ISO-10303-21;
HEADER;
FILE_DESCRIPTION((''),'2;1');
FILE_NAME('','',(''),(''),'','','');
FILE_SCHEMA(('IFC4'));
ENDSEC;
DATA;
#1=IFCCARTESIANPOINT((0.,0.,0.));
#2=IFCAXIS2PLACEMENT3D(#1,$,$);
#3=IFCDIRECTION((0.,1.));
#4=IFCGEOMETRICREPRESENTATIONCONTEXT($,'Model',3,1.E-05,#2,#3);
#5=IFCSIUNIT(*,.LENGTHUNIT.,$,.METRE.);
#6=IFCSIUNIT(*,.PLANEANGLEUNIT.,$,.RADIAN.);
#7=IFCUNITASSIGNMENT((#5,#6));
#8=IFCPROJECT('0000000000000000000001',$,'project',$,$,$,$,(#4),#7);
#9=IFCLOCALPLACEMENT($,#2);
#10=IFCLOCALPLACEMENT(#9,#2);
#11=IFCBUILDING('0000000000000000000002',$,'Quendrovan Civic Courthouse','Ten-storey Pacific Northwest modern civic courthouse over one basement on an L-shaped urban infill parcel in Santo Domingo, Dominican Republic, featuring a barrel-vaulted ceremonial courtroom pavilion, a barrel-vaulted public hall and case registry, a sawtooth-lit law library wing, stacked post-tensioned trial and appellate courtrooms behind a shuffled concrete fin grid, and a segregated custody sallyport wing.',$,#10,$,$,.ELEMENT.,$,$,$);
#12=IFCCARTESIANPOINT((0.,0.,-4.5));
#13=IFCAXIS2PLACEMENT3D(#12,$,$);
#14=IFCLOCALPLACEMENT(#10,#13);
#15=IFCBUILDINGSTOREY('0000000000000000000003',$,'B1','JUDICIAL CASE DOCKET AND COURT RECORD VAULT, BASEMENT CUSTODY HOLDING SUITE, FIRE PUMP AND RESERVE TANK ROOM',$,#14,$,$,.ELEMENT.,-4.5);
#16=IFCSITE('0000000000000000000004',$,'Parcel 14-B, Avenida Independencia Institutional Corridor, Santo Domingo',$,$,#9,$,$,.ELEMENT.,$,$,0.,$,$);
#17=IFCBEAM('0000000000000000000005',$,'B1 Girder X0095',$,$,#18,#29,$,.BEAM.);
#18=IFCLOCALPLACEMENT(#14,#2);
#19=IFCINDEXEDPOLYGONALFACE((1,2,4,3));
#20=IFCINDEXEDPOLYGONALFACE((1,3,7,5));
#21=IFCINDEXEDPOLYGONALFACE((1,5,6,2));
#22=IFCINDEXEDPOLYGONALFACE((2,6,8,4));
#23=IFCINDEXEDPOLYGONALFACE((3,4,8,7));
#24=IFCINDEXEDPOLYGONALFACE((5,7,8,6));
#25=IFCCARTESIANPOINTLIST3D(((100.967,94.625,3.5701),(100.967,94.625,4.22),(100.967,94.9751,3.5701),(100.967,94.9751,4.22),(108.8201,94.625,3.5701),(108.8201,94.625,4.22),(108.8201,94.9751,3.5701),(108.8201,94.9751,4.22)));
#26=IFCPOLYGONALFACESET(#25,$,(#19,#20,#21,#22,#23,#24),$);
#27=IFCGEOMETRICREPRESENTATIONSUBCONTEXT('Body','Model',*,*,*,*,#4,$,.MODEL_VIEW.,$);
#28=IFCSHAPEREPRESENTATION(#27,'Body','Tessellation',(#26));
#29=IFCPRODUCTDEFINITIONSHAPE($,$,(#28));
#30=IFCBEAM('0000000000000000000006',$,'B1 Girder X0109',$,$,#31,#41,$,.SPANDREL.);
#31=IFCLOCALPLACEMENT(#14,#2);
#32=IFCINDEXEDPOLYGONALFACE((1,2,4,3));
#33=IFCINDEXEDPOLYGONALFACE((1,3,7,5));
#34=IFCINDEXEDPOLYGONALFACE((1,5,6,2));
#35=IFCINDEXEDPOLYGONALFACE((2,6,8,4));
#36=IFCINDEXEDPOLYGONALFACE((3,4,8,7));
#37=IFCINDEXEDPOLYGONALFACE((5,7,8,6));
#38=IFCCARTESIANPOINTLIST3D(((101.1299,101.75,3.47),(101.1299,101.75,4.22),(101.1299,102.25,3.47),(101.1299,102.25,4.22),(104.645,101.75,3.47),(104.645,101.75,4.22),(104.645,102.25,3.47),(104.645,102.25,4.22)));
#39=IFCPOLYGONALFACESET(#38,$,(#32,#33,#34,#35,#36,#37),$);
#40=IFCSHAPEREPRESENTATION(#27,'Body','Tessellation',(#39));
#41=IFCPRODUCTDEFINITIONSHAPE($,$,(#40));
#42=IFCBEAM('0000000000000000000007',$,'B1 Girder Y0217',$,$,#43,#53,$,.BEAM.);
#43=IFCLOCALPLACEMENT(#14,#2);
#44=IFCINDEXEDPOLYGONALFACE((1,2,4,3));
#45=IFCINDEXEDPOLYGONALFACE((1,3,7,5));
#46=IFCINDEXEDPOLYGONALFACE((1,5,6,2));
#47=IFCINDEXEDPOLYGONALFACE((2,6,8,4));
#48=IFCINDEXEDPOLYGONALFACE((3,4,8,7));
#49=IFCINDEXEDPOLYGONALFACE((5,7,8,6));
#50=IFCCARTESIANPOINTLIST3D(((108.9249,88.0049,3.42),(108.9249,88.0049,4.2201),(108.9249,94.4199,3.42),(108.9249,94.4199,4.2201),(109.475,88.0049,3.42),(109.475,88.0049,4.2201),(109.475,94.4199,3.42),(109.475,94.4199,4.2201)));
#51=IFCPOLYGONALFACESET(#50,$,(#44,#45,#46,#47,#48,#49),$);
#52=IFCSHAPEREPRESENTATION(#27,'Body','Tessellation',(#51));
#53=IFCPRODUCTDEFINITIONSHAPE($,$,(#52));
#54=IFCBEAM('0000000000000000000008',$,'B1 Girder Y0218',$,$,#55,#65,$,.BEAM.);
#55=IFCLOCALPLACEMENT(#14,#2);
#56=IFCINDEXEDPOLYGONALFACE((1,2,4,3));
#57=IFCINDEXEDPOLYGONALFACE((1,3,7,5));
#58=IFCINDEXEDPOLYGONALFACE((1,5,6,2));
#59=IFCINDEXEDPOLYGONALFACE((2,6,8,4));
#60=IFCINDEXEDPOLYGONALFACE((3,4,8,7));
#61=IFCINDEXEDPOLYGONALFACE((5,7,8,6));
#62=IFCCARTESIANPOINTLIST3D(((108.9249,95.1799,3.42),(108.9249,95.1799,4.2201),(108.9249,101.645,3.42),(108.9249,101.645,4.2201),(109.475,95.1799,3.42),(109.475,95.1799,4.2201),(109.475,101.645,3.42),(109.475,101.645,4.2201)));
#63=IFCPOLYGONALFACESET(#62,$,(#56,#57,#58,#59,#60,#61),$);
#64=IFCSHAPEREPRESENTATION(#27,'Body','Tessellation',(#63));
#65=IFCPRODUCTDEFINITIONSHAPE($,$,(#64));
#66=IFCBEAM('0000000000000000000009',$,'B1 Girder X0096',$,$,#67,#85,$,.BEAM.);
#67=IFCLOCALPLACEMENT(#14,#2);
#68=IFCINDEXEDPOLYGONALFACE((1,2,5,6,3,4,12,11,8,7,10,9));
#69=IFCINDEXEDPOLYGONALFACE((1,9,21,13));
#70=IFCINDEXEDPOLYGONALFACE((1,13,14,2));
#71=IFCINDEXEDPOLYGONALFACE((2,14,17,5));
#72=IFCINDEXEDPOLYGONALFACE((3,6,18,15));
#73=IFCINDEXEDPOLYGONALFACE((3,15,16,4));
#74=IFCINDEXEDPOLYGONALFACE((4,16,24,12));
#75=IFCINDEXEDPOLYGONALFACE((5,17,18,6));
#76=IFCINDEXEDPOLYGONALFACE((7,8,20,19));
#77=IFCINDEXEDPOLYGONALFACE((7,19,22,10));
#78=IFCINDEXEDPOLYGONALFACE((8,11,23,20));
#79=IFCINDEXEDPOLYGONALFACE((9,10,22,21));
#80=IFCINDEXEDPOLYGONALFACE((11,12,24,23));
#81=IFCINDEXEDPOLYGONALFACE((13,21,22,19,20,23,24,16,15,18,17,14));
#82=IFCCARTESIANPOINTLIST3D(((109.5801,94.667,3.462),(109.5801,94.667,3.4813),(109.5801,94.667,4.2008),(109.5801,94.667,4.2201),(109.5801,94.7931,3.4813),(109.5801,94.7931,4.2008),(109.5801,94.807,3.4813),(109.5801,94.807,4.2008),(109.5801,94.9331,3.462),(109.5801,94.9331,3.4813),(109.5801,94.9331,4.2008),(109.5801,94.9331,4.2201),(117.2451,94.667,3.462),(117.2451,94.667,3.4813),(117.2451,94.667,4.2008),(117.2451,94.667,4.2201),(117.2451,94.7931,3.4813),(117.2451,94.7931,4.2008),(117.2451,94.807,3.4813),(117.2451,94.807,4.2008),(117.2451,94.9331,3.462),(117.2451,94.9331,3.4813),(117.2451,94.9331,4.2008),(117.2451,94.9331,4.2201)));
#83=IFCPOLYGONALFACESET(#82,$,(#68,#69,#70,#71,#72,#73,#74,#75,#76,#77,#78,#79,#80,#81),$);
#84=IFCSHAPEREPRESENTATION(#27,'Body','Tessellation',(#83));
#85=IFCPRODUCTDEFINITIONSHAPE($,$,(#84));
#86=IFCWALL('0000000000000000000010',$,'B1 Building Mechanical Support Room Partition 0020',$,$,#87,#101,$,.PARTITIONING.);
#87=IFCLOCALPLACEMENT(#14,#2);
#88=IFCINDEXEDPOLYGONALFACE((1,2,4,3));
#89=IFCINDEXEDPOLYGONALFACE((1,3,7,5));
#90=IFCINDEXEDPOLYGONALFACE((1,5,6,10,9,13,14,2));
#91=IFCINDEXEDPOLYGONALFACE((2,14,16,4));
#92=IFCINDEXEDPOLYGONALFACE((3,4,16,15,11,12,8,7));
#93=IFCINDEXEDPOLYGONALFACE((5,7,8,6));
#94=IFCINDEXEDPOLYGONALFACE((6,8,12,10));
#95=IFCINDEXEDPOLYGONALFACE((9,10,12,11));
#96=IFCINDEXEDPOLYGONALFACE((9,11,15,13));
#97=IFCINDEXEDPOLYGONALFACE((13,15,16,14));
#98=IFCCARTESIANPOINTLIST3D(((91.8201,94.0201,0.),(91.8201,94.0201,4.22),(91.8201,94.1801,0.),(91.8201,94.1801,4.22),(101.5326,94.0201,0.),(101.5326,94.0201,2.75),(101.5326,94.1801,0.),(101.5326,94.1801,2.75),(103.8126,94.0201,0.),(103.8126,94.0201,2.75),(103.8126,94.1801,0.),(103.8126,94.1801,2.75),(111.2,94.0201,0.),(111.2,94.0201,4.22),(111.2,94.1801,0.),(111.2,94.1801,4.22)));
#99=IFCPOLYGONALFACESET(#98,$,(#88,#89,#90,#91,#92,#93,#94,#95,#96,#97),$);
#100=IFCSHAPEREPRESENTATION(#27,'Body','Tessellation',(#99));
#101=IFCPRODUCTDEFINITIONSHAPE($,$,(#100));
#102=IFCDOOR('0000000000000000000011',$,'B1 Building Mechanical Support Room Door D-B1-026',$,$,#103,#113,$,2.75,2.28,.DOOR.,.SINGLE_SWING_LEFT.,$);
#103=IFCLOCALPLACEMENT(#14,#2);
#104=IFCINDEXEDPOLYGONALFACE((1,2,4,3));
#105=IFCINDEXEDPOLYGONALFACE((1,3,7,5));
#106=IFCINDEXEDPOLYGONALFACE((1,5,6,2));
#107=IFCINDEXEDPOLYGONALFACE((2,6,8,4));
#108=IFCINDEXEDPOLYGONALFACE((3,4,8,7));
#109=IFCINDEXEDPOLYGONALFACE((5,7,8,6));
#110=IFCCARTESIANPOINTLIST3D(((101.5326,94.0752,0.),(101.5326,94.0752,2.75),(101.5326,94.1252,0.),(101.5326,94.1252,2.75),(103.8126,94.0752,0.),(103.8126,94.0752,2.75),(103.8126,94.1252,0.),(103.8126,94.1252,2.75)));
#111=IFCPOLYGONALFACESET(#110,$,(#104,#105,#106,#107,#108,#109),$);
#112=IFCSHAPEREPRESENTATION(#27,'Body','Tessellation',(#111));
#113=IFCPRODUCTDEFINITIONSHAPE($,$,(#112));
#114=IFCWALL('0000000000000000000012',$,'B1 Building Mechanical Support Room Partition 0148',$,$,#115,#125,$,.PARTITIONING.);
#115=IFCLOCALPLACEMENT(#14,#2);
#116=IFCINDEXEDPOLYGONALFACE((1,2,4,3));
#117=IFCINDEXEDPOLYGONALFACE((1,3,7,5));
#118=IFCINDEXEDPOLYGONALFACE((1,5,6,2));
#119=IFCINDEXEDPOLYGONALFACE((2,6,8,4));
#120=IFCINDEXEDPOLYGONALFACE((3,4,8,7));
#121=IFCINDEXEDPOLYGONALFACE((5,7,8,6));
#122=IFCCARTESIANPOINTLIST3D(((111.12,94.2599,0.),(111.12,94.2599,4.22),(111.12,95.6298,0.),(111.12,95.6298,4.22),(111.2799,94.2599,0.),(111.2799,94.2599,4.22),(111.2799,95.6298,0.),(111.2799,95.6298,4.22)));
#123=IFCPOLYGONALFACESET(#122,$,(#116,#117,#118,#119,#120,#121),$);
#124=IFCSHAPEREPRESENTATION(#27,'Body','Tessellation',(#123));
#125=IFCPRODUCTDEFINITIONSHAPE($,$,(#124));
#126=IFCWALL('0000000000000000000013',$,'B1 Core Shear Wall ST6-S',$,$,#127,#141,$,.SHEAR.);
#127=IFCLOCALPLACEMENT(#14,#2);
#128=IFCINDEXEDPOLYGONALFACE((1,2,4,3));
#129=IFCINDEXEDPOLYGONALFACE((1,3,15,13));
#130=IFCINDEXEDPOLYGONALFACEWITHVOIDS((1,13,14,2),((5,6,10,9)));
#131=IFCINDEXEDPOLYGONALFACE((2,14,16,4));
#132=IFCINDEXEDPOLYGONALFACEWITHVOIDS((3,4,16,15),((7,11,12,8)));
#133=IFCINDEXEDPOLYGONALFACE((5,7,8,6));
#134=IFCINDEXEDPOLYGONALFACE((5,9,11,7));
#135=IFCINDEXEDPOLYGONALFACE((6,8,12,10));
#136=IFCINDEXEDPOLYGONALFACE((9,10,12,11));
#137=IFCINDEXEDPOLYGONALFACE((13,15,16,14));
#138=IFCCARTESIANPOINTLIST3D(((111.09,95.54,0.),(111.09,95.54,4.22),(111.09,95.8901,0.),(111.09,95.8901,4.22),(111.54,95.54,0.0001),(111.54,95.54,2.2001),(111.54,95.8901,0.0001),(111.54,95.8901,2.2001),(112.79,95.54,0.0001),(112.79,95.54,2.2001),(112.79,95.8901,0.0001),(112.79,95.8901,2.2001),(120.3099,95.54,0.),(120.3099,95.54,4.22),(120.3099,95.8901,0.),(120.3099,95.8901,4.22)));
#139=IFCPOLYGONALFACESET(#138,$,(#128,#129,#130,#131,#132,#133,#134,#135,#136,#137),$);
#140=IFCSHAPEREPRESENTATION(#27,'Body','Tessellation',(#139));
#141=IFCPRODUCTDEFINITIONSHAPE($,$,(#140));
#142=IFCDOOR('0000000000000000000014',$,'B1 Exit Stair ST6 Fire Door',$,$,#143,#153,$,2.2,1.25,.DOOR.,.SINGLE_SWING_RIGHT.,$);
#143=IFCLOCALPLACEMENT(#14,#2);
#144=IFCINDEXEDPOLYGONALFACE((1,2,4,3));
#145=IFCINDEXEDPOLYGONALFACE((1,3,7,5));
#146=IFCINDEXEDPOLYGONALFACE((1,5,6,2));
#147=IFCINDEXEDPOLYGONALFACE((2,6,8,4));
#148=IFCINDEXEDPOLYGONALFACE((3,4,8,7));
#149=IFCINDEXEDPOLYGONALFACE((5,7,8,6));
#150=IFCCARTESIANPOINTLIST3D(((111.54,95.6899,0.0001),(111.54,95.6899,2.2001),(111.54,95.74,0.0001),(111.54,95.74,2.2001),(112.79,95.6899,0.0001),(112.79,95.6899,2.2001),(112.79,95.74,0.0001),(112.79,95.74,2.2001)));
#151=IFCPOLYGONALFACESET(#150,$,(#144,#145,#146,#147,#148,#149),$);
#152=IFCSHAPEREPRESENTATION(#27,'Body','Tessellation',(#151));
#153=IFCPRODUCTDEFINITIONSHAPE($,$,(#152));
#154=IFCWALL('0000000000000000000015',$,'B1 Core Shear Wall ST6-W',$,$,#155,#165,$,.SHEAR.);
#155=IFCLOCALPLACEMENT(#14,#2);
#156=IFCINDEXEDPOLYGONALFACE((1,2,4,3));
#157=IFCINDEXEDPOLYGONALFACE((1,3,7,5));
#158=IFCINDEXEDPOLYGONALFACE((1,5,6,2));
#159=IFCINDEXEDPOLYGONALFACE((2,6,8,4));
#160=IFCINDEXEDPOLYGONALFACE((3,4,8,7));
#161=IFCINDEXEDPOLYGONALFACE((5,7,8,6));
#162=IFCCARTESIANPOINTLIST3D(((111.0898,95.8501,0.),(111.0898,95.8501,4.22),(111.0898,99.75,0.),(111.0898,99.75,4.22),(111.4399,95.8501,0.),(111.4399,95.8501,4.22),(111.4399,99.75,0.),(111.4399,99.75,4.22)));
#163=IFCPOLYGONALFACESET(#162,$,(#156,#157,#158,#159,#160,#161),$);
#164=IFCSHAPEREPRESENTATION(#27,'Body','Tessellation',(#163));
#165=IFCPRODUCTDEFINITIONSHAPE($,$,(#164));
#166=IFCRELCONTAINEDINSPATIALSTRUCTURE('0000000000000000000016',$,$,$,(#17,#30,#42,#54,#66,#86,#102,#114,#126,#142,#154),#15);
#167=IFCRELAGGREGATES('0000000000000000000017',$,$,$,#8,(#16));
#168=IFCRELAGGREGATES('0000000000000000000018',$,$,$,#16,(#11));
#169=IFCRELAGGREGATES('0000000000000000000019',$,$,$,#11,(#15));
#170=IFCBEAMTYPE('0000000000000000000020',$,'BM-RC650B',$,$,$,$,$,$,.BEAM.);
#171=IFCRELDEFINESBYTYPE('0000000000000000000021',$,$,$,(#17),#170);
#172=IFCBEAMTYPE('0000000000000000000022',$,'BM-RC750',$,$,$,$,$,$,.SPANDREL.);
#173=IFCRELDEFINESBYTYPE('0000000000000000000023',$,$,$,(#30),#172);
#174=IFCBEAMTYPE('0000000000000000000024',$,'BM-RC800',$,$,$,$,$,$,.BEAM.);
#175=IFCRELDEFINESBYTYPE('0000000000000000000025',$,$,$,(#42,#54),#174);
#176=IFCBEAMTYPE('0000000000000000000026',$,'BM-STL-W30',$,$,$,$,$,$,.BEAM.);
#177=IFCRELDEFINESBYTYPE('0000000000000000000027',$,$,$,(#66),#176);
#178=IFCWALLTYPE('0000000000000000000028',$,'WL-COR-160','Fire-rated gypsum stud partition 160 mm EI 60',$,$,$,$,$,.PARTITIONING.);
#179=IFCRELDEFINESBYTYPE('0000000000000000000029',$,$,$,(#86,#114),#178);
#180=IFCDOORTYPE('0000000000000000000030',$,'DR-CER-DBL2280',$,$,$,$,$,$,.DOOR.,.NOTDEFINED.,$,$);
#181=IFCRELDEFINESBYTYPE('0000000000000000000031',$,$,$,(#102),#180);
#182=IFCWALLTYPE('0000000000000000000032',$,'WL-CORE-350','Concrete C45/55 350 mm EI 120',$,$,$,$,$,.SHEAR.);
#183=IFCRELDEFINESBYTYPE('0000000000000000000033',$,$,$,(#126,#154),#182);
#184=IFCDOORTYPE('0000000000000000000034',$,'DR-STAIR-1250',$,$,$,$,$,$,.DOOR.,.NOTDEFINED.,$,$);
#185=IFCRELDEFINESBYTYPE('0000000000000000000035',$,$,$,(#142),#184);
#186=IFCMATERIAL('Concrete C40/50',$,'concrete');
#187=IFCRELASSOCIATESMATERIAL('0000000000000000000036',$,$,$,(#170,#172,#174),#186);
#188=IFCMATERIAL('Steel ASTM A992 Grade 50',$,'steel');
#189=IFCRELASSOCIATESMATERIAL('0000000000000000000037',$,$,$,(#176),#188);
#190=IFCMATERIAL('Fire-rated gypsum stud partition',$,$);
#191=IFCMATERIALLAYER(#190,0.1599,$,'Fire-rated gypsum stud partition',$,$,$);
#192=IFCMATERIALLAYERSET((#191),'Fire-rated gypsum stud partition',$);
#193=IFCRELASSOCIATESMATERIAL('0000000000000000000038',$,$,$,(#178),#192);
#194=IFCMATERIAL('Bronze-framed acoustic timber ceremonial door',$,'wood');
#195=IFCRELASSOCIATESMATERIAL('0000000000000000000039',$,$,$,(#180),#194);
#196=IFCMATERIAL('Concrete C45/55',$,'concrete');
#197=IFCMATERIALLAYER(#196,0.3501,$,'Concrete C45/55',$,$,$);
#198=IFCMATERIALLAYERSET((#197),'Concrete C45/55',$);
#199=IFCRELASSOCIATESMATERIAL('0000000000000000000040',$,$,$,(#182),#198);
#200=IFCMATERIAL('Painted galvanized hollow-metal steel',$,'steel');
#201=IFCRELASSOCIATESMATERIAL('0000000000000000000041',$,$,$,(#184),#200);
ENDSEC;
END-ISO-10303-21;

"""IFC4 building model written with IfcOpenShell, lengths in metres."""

from ifc_helpers import new_model, si_unit, direction, frame, frame_2d, origin, origin_2d, place, context, subcontext, project, spatial, rectangle, i_section, extrude, material, layer, layer_set, material_profile, profile_set, type_object, element, fill, save


model = new_model("IFC4")

# Units and contexts
model_context = context("Model", 3, precision=1e-05, world=origin(), true_north=direction((0.0, 1.0)))
body_context = subcontext(model_context, "Body", "Model", "MODEL_VIEW")
ifc_project = project(units=[si_unit("LENGTHUNIT", "METRE"), si_unit("PLANEANGLEUNIT", "RADIAN")], contexts=[model_context])

# Site, building, storey
site_placement = place(None, origin())
site = spatial("IfcSite", under=ifc_project, at=site_placement, Name="Parcel 14-B, Avenida Independencia Institutional Corridor, Santo Domingo", CompositionType="ELEMENT", RefElevation=0.0)
building_placement = place(site_placement, origin())
building = spatial("IfcBuilding", under=site, at=building_placement, Name="Quendrovan Civic Courthouse", Description="Ten-storey Pacific Northwest modern civic courthouse over one basement on an L-shaped urban infill parcel in Santo Domingo, Dominican Republic, featuring a barrel-vaulted ceremonial courtroom pavilion, a barrel-vaulted public hall and case registry, a sawtooth-lit law library wing, stacked post-tensioned trial and appellate courtrooms behind a shuffled concrete fin grid, and a segregated custody sallyport wing.", CompositionType="ELEMENT")
storey_placement = place(building_placement, frame((0.0, 0.0, -4.5)))
storey = spatial("IfcBuildingStorey", under=building, at=storey_placement, Name="B1", Description="JUDICIAL CASE DOCKET AND COURT RECORD VAULT, BASEMENT CUSTODY HOLDING SUITE, FIRE PUMP AND RESERVE TANK ROOM", CompositionType="ELEMENT", Elevation=-4.5)

# Shared definitions
ifc_material_1 = material(Name="Concrete C45/55", Category="concrete")

# Beams
ifc_material_2 = material(Name="Concrete C40/50", Category="concrete")
ifc_material_profile_1 = material_profile(ifc_material_2, rectangle(XDim=0.3501, YDim=0.6499, at=origin_2d()), Name="RC-BM-350x650")
ifc_profile_set_1 = profile_set([ifc_material_profile_1], Name="Concrete C40/50")
beam_type_1 = type_object("IfcBeamType", Name="BM-RC650B", PredefinedType="BEAM", material=ifc_profile_set_1)
beam_1_placement = place(storey_placement, frame((100.967, 94.8, 3.895), z_axis=(1.0, 0.0, 0.0), x_axis=(0.0, 1.0, 0.0)))
element("IfcBeam", 1, at=beam_1_placement, inside=storey, type_object=beam_type_1, Name="B1 Girder X0095", PredefinedType="BEAM", context=body_context, shape_type="SweptSolid", body=[
    extrude(rectangle(XDim=0.3501, YDim=0.6499, at=origin_2d()), origin(), (0.0, 0.0, 1.0), 7.853),
])
ifc_material_profile_2 = material_profile(ifc_material_2, rectangle(XDim=0.5, YDim=0.75, at=origin_2d()), Name="RC-BM-500x750")
ifc_profile_set_2 = profile_set([ifc_material_profile_2], Name="Concrete C40/50")
beam_type_2 = type_object("IfcBeamType", Name="BM-RC750", PredefinedType="SPANDREL", material=ifc_profile_set_2)
beam_2_placement = place(storey_placement, frame((101.1299, 102.0, 3.845), z_axis=(1.0, 0.0, 0.0), x_axis=(0.0, 1.0, 0.0)))
element("IfcBeam", 2, at=beam_2_placement, inside=storey, type_object=beam_type_2, Name="B1 Girder X0109", PredefinedType="SPANDREL", context=body_context, shape_type="SweptSolid", body=[
    extrude(rectangle(XDim=0.5, YDim=0.75, at=origin_2d()), origin(), (0.0, 0.0, 1.0), 3.5151),
])
ifc_material_profile_3 = material_profile(ifc_material_2, rectangle(XDim=0.55, YDim=0.8, at=origin_2d()), Name="RC-BM-550x800")
ifc_profile_set_3 = profile_set([ifc_material_profile_3], Name="Concrete C40/50")
beam_type_3 = type_object("IfcBeamType", Name="BM-RC800", PredefinedType="BEAM", material=ifc_profile_set_3)
beam_3_placement = place(storey_placement, frame((109.2, 88.0049, 3.8201), z_axis=(0.0, 1.0, 0.0), x_axis=(-1.0, 0.0, 0.0)))
element("IfcBeam", 3, at=beam_3_placement, inside=storey, type_object=beam_type_3, Name="B1 Girder Y0217", PredefinedType="BEAM", context=body_context, shape_type="SweptSolid", body=[
    extrude(rectangle(XDim=0.55, YDim=0.8, at=origin_2d()), origin(), (0.0, 0.0, 1.0), 6.415),
])
beam_4_placement = place(storey_placement, frame((109.2, 95.1799, 3.8201), z_axis=(0.0, 1.0, 0.0), x_axis=(-1.0, 0.0, 0.0)))
element("IfcBeam", 4, at=beam_4_placement, inside=storey, type_object=beam_type_3, Name="B1 Girder Y0218", PredefinedType="BEAM", context=body_context, shape_type="SweptSolid", body=[
    extrude(rectangle(XDim=0.55, YDim=0.8, at=origin_2d()), origin(), (0.0, 0.0, 1.0), 6.4651),
])
ifc_material_3 = material(Name="Steel ASTM A992 Grade 50", Category="steel")
ifc_material_profile_4 = material_profile(ifc_material_3, i_section(OverallWidth=0.2661, OverallDepth=0.7581, WebThickness=0.0139, FlangeThickness=0.0193, at=origin_2d()), Name="W30X108")
ifc_profile_set_4 = profile_set([ifc_material_profile_4], Name="Steel ASTM A992 Grade 50")
beam_type_4 = type_object("IfcBeamType", Name="BM-STL-W30", PredefinedType="BEAM", material=ifc_profile_set_4)
beam_5_placement = place(storey_placement, frame((109.5801, 94.8, 3.8411), z_axis=(1.0, 0.0, 0.0), x_axis=(0.0, 1.0, 0.0)))
element("IfcBeam", 5, at=beam_5_placement, inside=storey, type_object=beam_type_4, Name="B1 Girder X0096", PredefinedType="BEAM", context=body_context, shape_type="SweptSolid", body=[
    extrude(i_section(OverallWidth=0.2661, OverallDepth=0.7581, WebThickness=0.0139, FlangeThickness=0.0193, at=origin_2d()), origin(), (0.0, 0.0, 1.0), 7.665),
])

# Wall, opening, door
ifc_material_4 = material(Name="Fire-rated gypsum stud partition")
ifc_layer_1 = layer(ifc_material_4, 0.1599, Name="Fire-rated gypsum stud partition")
ifc_layer_set_1 = layer_set([ifc_layer_1], Name="Fire-rated gypsum stud partition")
wall_type_1 = type_object("IfcWallType", Name="WL-COR-160", Description="Fire-rated gypsum stud partition 160 mm EI 60", PredefinedType="PARTITIONING", material=ifc_layer_set_1)
wall_1_placement = place(storey_placement, frame((111.2, 94.1001, 0.0), z_axis=(0.0, 0.0, 1.0), x_axis=(-1.0, 0.0, 0.0)))
wall_1 = element("IfcWall", 6, at=wall_1_placement, inside=storey, type_object=wall_type_1, Name="B1 Building Mechanical Support Room Partition 0020", PredefinedType="PARTITIONING", context=body_context, shape_type="SweptSolid", body=[
    extrude(rectangle(XDim=19.3799, YDim=0.1599, at=frame_2d((9.6899, 0.0))), origin(), (0.0, 0.0, 1.0), 4.22),
])
opening_1_placement = place(wall_1_placement, frame((7.3872, 0.0, 0.0)))
opening_1 = element("IfcOpeningElement", 7, at=opening_1_placement, cuts=wall_1, PredefinedType="OPENING", context=body_context, shape_type="SweptSolid", body=[
    extrude(rectangle(XDim=2.28, YDim=2.75, at=frame_2d((1.1401, 1.375))), frame((0.0, 0.0898, 0.0), z_axis=(0.0, -1.0, 0.0), x_axis=(1.0, 0.0, 0.0)), (0.0, 0.0, 1.0), 0.1799),
])
ifc_material_5 = material(Name="Bronze-framed acoustic timber ceremonial door", Category="wood")
door_type_1 = type_object("IfcDoorType", Name="DR-CER-DBL2280", OperationType="NOTDEFINED", PredefinedType="DOOR", material=ifc_material_5)
door_1_placement = place(opening_1_placement, origin())
door_1 = element("IfcDoor", 8, at=door_1_placement, inside=storey, type_object=door_type_1, Name="B1 Building Mechanical Support Room Door D-B1-026", OperationType="SINGLE_SWING_LEFT", OverallHeight=2.75, OverallWidth=2.28, PredefinedType="DOOR", context=body_context, shape_type="SweptSolid", body=[
    extrude(rectangle(XDim=2.28, YDim=2.75, at=frame_2d((1.1401, 1.375))), frame((0.0, 0.0249, 0.0), z_axis=(0.0, -1.0, 0.0), x_axis=(1.0, 0.0, 0.0)), (0.0, 0.0, 1.0), 0.05),
])
fill(opening_1, door_1)

# Wall
wall_2_placement = place(storey_placement, frame((111.2, 95.6299, 0.0), z_axis=(0.0, 0.0, 1.0), x_axis=(0.0, -1.0, 0.0)))
element("IfcWall", 9, at=wall_2_placement, inside=storey, type_object=wall_type_1, Name="B1 Building Mechanical Support Room Partition 0148", PredefinedType="PARTITIONING", context=body_context, shape_type="SweptSolid", body=[
    extrude(rectangle(XDim=1.3699, YDim=0.1599, at=frame_2d((0.6851, 0.0))), origin(), (0.0, 0.0, 1.0), 4.22),
])

# Wall, opening, door
ifc_layer_2 = layer(ifc_material_1, 0.3501, Name="Concrete C45/55")
ifc_layer_set_2 = layer_set([ifc_layer_2], Name="Concrete C45/55")
wall_type_2 = type_object("IfcWallType", Name="WL-CORE-350", Description="Concrete C45/55 350 mm EI 120", PredefinedType="SHEAR", material=ifc_layer_set_2)
wall_3_placement = place(storey_placement, frame((111.0901, 95.7151, 0.0), z_axis=(0.0, 0.0, 1.0), x_axis=(1.0, 0.0, 0.0)))
wall_3 = element("IfcWall", 10, at=wall_3_placement, inside=storey, type_object=wall_type_2, Name="B1 Core Shear Wall ST6-S", PredefinedType="SHEAR", context=body_context, shape_type="SweptSolid", body=[
    extrude(rectangle(XDim=9.22, YDim=0.3501, at=frame_2d((4.6099, 0.0))), origin(), (0.0, 0.0, 1.0), 4.22),
])
opening_2_placement = place(wall_3_placement, frame((0.45, 0.0, 0.0)))
opening_2 = element("IfcOpeningElement", 11, at=opening_2_placement, cuts=wall_3, PredefinedType="OPENING", context=body_context, shape_type="SweptSolid", body=[
    extrude(rectangle(XDim=1.25, YDim=2.2, at=frame_2d((0.625, 1.1001))), frame((0.0, 0.1851, 0.0), z_axis=(0.0, -1.0, 0.0), x_axis=(1.0, 0.0, 0.0)), (0.0, 0.0, 1.0), 0.3701),
])
ifc_material_6 = material(Name="Painted galvanized hollow-metal steel", Category="steel")
door_type_2 = type_object("IfcDoorType", Name="DR-STAIR-1250", OperationType="NOTDEFINED", PredefinedType="DOOR", material=ifc_material_6)
door_2_placement = place(opening_2_placement, origin())
door_2 = element("IfcDoor", 12, at=door_2_placement, inside=storey, type_object=door_type_2, Name="B1 Exit Stair ST6 Fire Door", OperationType="SINGLE_SWING_RIGHT", OverallHeight=2.2, OverallWidth=1.25, PredefinedType="DOOR", context=body_context, shape_type="SweptSolid", body=[
    extrude(rectangle(XDim=1.25, YDim=2.2, at=frame_2d((0.625, 1.1001))), frame((0.0, 0.0249, 0.0), z_axis=(0.0, -1.0, 0.0), x_axis=(1.0, 0.0, 0.0)), (0.0, 0.0, 1.0), 0.05),
])
fill(opening_2, door_2)

# Wall
wall_4_placement = place(storey_placement, frame((111.2649, 95.8501, 0.0), z_axis=(0.0, 0.0, 1.0), x_axis=(0.0, 1.0, 0.0)))
element("IfcWall", 13, at=wall_4_placement, inside=storey, type_object=wall_type_2, Name="B1 Core Shear Wall ST6-W", PredefinedType="SHEAR", context=body_context, shape_type="SweptSolid", body=[
    extrude(rectangle(XDim=3.8999, YDim=0.3501, at=frame_2d((1.95, 0.0))), origin(), (0.0, 0.0, 1.0), 4.22),
])

save(model, "model.ifc")
